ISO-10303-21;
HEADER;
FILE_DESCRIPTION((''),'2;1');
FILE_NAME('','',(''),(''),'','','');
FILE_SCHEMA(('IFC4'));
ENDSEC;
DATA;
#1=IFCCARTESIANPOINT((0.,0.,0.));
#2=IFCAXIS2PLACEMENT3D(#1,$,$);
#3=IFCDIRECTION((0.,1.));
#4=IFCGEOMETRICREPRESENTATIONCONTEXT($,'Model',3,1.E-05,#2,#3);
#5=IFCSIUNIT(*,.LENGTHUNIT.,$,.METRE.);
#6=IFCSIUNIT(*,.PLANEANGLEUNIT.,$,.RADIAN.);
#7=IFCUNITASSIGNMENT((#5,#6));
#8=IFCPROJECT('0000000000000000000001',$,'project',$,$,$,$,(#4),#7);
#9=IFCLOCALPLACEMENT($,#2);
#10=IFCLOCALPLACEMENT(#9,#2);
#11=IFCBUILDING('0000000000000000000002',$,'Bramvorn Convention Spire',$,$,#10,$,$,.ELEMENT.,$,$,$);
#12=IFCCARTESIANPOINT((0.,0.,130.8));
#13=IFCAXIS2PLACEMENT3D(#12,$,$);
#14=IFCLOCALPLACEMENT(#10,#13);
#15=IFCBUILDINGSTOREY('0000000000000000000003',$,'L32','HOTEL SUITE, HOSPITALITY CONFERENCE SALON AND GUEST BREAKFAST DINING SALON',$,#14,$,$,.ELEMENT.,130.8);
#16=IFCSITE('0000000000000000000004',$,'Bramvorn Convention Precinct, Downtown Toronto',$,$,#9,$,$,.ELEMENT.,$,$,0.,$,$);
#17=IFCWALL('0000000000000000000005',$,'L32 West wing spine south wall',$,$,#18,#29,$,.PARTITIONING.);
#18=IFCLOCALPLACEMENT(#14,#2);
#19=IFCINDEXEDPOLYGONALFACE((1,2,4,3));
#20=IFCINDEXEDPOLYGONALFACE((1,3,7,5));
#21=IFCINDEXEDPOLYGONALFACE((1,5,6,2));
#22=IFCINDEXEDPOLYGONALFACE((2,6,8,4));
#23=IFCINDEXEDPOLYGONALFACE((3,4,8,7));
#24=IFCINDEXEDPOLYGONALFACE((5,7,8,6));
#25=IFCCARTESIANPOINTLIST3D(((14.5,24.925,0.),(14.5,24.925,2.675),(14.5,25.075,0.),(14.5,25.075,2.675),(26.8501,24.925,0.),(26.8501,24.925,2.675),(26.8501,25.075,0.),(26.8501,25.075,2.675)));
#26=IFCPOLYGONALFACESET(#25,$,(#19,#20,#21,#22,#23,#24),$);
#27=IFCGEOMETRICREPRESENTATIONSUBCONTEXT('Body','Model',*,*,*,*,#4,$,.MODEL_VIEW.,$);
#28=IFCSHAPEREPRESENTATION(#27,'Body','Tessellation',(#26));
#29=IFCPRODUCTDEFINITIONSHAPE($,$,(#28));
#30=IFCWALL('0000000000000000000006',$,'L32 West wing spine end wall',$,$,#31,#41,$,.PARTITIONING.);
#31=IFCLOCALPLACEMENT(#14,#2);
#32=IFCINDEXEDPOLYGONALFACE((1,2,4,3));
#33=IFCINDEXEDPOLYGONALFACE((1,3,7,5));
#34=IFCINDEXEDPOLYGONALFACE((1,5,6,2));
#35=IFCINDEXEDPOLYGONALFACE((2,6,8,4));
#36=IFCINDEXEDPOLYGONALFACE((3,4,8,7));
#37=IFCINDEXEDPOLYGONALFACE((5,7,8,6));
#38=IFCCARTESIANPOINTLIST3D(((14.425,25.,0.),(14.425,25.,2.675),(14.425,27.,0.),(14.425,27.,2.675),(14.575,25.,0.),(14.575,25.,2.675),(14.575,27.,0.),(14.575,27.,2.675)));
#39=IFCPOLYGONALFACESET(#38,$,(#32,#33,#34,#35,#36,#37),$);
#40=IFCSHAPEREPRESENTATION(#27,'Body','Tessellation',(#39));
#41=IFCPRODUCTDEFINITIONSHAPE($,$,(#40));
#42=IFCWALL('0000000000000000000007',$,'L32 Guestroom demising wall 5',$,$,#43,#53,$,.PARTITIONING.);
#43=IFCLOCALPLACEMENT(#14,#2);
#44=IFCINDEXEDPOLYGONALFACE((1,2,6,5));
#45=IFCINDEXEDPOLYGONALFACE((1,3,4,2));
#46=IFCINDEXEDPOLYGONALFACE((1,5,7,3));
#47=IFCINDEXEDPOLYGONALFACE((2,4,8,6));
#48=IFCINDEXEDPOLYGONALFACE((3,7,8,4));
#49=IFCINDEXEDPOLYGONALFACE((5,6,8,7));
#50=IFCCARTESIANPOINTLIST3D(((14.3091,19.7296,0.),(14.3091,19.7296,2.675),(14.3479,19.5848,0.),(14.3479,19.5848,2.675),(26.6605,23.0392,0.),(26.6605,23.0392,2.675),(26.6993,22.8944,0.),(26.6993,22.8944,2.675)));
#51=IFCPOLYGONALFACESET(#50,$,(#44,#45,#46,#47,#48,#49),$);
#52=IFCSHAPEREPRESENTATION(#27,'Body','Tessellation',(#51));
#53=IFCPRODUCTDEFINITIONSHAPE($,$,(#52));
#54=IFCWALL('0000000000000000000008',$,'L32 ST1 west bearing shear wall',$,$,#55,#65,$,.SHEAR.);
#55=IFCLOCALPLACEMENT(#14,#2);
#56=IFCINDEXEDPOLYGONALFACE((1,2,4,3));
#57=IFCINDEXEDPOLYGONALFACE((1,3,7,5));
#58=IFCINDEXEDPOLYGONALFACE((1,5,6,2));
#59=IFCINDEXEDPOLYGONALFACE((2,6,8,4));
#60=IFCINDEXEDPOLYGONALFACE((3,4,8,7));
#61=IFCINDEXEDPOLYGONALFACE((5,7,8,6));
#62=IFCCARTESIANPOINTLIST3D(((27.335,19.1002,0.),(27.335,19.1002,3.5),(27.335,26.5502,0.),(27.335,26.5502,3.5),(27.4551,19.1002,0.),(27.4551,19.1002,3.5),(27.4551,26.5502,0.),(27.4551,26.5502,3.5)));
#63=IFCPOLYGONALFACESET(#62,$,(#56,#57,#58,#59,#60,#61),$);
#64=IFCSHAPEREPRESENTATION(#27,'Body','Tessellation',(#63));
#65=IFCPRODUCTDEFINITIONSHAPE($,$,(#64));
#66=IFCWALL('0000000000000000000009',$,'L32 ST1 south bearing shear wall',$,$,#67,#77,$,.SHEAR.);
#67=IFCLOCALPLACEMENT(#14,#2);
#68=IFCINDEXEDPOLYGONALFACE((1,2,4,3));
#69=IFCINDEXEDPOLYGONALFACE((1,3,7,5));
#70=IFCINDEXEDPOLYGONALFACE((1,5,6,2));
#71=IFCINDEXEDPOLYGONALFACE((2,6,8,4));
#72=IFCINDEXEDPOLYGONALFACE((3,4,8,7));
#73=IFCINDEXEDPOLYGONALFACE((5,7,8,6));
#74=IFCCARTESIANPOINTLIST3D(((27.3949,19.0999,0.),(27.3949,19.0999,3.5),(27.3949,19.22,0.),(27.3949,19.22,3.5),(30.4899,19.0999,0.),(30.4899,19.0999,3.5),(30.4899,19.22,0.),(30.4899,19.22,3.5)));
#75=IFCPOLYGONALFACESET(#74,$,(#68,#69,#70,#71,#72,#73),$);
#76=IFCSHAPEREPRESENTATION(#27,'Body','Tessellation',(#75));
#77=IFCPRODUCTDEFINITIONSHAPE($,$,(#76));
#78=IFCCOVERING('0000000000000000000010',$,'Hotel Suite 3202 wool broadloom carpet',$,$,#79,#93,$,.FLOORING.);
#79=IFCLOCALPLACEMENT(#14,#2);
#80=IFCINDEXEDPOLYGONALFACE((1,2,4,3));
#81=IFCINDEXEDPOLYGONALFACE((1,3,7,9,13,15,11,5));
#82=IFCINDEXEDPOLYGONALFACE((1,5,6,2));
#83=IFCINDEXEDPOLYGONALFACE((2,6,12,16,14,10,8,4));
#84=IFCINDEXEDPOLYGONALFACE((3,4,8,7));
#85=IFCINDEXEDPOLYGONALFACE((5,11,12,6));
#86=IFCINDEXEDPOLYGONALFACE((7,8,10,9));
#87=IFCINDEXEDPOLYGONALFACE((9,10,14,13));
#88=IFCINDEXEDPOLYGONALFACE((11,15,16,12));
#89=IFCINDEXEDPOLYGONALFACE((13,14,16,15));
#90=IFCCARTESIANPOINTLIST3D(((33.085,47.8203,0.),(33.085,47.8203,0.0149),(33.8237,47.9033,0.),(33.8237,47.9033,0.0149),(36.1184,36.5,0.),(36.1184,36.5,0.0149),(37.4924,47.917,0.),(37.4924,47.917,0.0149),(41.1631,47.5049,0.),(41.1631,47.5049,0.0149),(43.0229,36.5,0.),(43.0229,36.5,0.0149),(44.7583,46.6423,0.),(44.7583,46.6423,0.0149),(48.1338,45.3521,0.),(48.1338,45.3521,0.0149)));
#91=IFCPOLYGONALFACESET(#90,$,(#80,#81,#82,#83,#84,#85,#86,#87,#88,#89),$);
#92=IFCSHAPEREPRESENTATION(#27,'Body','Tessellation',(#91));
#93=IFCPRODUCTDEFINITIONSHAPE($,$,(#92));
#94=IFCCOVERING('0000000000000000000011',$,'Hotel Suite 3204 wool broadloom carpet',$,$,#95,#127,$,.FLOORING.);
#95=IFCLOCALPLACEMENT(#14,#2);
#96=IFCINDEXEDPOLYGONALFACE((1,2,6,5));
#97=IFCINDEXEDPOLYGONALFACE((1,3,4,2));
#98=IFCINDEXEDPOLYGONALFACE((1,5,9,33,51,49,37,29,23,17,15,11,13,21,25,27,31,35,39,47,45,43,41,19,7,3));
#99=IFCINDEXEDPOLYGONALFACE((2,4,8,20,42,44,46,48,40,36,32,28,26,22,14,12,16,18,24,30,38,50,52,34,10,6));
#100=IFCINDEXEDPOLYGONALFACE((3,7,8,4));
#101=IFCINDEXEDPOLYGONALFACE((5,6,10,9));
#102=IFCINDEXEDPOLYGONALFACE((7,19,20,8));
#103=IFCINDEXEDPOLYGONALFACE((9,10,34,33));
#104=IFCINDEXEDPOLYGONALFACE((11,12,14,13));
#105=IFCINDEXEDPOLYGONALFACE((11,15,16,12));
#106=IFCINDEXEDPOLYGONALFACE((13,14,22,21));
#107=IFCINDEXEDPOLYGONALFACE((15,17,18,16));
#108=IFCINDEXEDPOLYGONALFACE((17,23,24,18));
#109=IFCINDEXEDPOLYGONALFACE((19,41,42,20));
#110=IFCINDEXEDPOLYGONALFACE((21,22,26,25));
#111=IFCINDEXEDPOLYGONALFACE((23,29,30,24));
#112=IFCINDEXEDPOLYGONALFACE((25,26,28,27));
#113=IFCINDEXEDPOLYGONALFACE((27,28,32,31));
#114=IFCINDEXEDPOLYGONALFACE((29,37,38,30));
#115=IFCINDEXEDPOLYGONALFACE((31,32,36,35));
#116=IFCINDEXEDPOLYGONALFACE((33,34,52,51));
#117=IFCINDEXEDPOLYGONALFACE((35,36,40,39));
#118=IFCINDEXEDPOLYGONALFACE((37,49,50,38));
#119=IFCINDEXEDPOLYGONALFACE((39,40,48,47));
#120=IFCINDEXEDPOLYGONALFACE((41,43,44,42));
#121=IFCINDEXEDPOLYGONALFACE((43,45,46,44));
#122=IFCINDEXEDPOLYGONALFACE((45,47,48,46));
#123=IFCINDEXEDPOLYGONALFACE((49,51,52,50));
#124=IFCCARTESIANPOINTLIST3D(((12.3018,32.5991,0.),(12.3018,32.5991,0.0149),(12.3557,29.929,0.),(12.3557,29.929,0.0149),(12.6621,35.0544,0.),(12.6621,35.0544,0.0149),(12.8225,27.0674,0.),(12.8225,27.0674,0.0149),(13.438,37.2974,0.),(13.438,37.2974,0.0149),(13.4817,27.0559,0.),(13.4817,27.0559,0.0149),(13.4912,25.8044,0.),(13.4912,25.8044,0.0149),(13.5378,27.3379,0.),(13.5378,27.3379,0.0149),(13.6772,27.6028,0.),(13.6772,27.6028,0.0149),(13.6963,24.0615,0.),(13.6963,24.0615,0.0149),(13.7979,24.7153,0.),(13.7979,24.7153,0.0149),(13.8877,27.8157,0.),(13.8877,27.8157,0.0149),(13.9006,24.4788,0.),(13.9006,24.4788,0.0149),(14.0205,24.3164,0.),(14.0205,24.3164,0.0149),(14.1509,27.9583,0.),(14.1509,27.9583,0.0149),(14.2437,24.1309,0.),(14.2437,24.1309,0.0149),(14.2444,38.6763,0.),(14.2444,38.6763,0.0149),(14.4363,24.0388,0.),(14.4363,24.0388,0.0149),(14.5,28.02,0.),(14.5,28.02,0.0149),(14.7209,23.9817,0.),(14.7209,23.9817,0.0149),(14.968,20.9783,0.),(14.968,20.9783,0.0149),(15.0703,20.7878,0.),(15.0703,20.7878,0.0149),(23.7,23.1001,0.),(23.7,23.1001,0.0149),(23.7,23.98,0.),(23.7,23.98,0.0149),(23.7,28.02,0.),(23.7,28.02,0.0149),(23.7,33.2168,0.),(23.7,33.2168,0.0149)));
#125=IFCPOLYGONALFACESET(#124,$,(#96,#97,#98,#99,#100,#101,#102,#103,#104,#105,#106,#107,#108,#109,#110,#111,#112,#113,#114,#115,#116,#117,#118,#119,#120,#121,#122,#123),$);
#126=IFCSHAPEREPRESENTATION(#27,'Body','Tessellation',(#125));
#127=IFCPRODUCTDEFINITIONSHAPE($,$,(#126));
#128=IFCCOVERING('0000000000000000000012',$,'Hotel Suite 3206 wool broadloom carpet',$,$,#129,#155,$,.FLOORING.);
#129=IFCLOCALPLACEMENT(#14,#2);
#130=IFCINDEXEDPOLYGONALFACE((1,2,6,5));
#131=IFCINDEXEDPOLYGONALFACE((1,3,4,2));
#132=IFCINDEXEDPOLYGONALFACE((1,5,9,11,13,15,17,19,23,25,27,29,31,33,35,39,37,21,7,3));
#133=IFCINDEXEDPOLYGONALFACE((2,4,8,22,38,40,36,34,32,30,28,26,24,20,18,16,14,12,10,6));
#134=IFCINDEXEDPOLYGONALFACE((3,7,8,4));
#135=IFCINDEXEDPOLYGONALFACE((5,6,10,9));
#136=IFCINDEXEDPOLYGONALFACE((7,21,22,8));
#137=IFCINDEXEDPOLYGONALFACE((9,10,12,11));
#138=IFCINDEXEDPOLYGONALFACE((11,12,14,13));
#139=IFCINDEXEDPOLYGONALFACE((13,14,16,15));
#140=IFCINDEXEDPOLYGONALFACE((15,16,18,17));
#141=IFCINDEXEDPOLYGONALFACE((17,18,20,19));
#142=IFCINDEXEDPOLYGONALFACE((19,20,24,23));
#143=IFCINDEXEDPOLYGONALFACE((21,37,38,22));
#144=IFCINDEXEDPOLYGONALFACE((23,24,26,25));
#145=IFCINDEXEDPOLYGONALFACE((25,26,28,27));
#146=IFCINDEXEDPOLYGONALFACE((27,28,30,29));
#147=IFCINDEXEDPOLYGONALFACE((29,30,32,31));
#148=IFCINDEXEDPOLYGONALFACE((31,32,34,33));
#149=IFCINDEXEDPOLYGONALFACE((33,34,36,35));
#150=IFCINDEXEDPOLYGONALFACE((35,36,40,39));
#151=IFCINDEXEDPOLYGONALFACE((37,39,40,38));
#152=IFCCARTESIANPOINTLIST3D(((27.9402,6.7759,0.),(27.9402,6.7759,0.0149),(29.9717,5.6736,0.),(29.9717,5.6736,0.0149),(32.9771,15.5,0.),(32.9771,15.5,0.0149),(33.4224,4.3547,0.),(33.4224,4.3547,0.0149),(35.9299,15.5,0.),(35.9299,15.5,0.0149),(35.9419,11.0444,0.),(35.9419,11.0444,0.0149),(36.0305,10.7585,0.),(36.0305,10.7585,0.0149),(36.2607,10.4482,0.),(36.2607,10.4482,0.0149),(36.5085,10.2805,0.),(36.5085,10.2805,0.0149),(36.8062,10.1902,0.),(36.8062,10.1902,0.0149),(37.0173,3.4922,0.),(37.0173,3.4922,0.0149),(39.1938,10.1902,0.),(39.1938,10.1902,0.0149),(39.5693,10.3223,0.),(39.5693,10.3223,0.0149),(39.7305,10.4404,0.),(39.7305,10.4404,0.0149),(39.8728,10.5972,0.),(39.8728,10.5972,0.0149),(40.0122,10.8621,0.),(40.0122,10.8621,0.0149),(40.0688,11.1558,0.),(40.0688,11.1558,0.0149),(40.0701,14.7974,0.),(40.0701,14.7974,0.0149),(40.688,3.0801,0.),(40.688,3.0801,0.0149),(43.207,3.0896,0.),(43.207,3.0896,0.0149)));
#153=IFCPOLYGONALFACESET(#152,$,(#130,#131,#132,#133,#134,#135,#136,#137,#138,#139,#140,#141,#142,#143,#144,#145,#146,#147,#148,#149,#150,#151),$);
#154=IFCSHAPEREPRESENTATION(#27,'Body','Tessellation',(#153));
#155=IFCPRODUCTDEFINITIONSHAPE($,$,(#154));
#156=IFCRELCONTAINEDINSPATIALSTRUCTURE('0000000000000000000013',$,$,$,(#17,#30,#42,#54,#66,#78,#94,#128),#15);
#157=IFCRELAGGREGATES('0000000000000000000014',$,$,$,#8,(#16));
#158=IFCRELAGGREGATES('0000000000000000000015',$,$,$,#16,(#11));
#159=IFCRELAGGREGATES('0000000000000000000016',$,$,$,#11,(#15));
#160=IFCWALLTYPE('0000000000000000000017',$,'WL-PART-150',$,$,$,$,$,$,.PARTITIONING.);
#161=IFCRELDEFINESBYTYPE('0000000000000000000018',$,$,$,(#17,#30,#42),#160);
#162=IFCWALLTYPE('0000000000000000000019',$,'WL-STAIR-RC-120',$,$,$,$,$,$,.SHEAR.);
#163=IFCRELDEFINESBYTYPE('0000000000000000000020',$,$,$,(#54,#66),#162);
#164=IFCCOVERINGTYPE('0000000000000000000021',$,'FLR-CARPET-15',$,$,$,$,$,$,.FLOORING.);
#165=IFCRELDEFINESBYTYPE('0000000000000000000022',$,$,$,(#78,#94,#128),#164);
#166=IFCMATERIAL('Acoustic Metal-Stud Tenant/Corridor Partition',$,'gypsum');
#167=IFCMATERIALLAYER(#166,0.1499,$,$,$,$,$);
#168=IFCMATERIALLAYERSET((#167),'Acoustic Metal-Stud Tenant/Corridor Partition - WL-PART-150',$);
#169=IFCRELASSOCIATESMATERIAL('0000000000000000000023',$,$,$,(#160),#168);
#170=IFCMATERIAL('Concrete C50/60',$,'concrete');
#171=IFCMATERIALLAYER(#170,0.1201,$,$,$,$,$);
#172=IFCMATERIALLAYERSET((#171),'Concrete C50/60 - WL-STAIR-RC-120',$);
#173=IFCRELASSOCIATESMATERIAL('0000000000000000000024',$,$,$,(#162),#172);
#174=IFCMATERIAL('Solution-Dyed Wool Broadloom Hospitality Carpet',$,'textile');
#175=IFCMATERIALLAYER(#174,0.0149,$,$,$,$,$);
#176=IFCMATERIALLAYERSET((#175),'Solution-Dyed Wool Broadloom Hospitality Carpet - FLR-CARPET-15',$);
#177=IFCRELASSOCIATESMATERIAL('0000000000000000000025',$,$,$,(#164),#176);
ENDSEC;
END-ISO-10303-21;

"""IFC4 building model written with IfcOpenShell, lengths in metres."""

from ifc_helpers import new_model, si_unit, direction, frame, frame_2d, origin, place, context, subcontext, project, spatial, polyline, rectangle, outline, extrude, material, layer, layer_set, type_object, element, save


model = new_model("IFC4")

# Units and contexts
model_context = context("Model", 3, precision=1e-05, world=origin(), true_north=direction((0.0, 1.0)))
body_context = subcontext(model_context, "Body", "Model", "MODEL_VIEW")
ifc_project = project(units=[si_unit("LENGTHUNIT", "METRE"), si_unit("PLANEANGLEUNIT", "RADIAN")], contexts=[model_context])

# Site, building, storey
site_placement = place(None, origin())
site = spatial("IfcSite", under=ifc_project, at=site_placement, Name="Bramvorn Convention Precinct, Downtown Toronto", CompositionType="ELEMENT", RefElevation=0.0)
building_placement = place(site_placement, origin())
building = spatial("IfcBuilding", under=site, at=building_placement, Name="Bramvorn Convention Spire", CompositionType="ELEMENT")
storey_placement = place(building_placement, frame((0.0, 0.0, 130.8)))
storey = spatial("IfcBuildingStorey", under=building, at=storey_placement, Name="L32", Description="HOTEL SUITE, HOSPITALITY CONFERENCE SALON AND GUEST BREAKFAST DINING SALON", CompositionType="ELEMENT", Elevation=130.8)

# Shared definitions
ifc_material_1 = material(Name="Concrete C50/60", Category="concrete")

# Walls
ifc_material_2 = material(Name="Acoustic Metal-Stud Tenant/Corridor Partition", Category="gypsum")
ifc_layer_1 = layer(ifc_material_2, 0.1499)
ifc_layer_set_1 = layer_set([ifc_layer_1], Name="Acoustic Metal-Stud Tenant/Corridor Partition - WL-PART-150")
wall_type_1 = type_object("IfcWallType", Name="WL-PART-150", PredefinedType="PARTITIONING", material=ifc_layer_set_1)
wall_1_placement = place(storey_placement, frame((14.5, 25.0, 0.0), z_axis=(0.0, 0.0, 1.0), x_axis=(1.0, 0.0, 0.0)))
element("IfcWall", 1, at=wall_1_placement, inside=storey, type_object=wall_type_1, Name="L32 West wing spine south wall", PredefinedType="PARTITIONING", context=body_context, shape_type="SweptSolid", body=[
    extrude(rectangle(XDim=12.3501, YDim=0.1499, at=frame_2d((6.175, 0.0))), origin(), (0.0, 0.0, 1.0), 2.675),
])
wall_2_placement = place(storey_placement, frame((14.5, 25.0, 0.0), z_axis=(0.0, 0.0, 1.0), x_axis=(0.0, 1.0, 0.0)))
element("IfcWall", 2, at=wall_2_placement, inside=storey, type_object=wall_type_1, Name="L32 West wing spine end wall", PredefinedType="PARTITIONING", context=body_context, shape_type="SweptSolid", body=[
    extrude(rectangle(XDim=2.0, YDim=0.1499, at=frame_2d((1.0, 0.0))), origin(), (0.0, 0.0, 1.0), 2.675),
])
wall_3_placement = place(storey_placement, frame((26.6799, 22.9668, 0.0), z_axis=(0.0, 0.0, 1.0), x_axis=(-0.965925, -0.258822, 0.0)))
element("IfcWall", 3, at=wall_3_placement, inside=storey, type_object=wall_type_1, Name="L32 Guestroom demising wall 5", PredefinedType="PARTITIONING", context=body_context, shape_type="SweptSolid", body=[
    extrude(rectangle(XDim=12.7871, YDim=0.1499, at=frame_2d((6.3936, 0.0))), origin(), (0.0, 0.0, 1.0), 2.675),
])
ifc_layer_2 = layer(ifc_material_1, 0.1201)
ifc_layer_set_2 = layer_set([ifc_layer_2], Name="Concrete C50/60 - WL-STAIR-RC-120")
wall_type_2 = type_object("IfcWallType", Name="WL-STAIR-RC-120", PredefinedType="SHEAR", material=ifc_layer_set_2)
wall_4_placement = place(storey_placement, frame((27.395, 19.1001, 0.0), z_axis=(0.0, 0.0, 1.0), x_axis=(0.0, 1.0, 0.0)))
element("IfcWall", 4, at=wall_4_placement, inside=storey, type_object=wall_type_2, Name="L32 ST1 west bearing shear wall", PredefinedType="SHEAR", context=body_context, shape_type="SweptSolid", body=[
    extrude(rectangle(XDim=7.45, YDim=0.1201, at=frame_2d((3.7251, 0.0))), origin(), (0.0, 0.0, 1.0), 3.5),
])
wall_5_placement = place(storey_placement, frame((27.395, 19.1599, 0.0), z_axis=(0.0, 0.0, 1.0), x_axis=(1.0, 0.0, 0.0)))
element("IfcWall", 5, at=wall_5_placement, inside=storey, type_object=wall_type_2, Name="L32 ST1 south bearing shear wall", PredefinedType="SHEAR", context=body_context, shape_type="SweptSolid", body=[
    extrude(rectangle(XDim=3.095, YDim=0.1201, at=frame_2d((1.5474, 0.0))), origin(), (0.0, 0.0, 1.0), 3.5),
])

# Coverings
ifc_material_3 = material(Name="Solution-Dyed Wool Broadloom Hospitality Carpet", Category="textile")
ifc_layer_3 = layer(ifc_material_3, 0.0149)
ifc_layer_set_3 = layer_set([ifc_layer_3], Name="Solution-Dyed Wool Broadloom Hospitality Carpet - FLR-CARPET-15")
covering_type = type_object("IfcCoveringType", Name="FLR-CARPET-15", PredefinedType="FLOORING", material=ifc_layer_set_3)
covering_1_placement = place(storey_placement, origin())
element("IfcCovering", 6, at=covering_1_placement, inside=storey, type_object=covering_type, Name="Hotel Suite 3202 wool broadloom carpet", PredefinedType="FLOORING", context=body_context, shape_type="SweptSolid", body=[
    extrude(outline(polyline([(33.8237, 47.9033), (33.085, 47.8203), (36.1184, 36.5), (43.0229, 36.5), (48.1338, 45.3521), (44.7583, 46.6423), (41.1631, 47.5049), (37.4924, 47.917), (33.8237, 47.9033)])), origin(), (0.0, 0.0, 1.0), 0.0149),
])
covering_2_placement = place(storey_placement, origin())
element("IfcCovering", 7, at=covering_2_placement, inside=storey, type_object=covering_type, Name="Hotel Suite 3204 wool broadloom carpet", PredefinedType="FLOORING", context=body_context, shape_type="SweptSolid", body=[
    extrude(outline(polyline([(14.968, 20.9783), (15.0703, 20.7878), (23.7, 23.1001), (23.7, 23.98), (14.7209, 23.9817), (14.4363, 24.0388), (14.2437, 24.1309), (14.0205, 24.3164), (13.9006, 24.4788), (13.7979, 24.7153), (13.4912, 25.8044), (13.4817, 27.0559), (13.5378, 27.3379), (13.6772, 27.6028), (13.8877, 27.8157), (14.1509, 27.9583), (14.5, 28.02), (23.7, 28.02), (23.7, 33.2168), (14.2444, 38.6763), (13.438, 37.2974), (12.6621, 35.0544), (12.3018, 32.5991), (12.3557, 29.929), (12.8225, 27.0674), (13.6963, 24.0615), (14.968, 20.9783)])), origin(), (0.0, 0.0, 1.0), 0.0149),
])
covering_3_placement = place(storey_placement, origin())
element("IfcCovering", 8, at=covering_3_placement, inside=storey, type_object=covering_type, Name="Hotel Suite 3206 wool broadloom carpet", PredefinedType="FLOORING", context=body_context, shape_type="SweptSolid", body=[
    extrude(outline(polyline([(40.688, 3.0801), (43.207, 3.0896), (40.0701, 14.7974), (40.0688, 11.1558), (40.0122, 10.8621), (39.8728, 10.5972), (39.7305, 10.4404), (39.5693, 10.3223), (39.1938, 10.1902), (36.8062, 10.1902), (36.5085, 10.2805), (36.2607, 10.4482), (36.0305, 10.7585), (35.9419, 11.0444), (35.9299, 15.5), (32.9771, 15.5), (27.9402, 6.7759), (29.9717, 5.6736), (33.4224, 4.3547), (37.0173, 3.4922), (40.688, 3.0801)])), origin(), (0.0, 0.0, 1.0), 0.0149),
])

save(model, "model.ifc")
